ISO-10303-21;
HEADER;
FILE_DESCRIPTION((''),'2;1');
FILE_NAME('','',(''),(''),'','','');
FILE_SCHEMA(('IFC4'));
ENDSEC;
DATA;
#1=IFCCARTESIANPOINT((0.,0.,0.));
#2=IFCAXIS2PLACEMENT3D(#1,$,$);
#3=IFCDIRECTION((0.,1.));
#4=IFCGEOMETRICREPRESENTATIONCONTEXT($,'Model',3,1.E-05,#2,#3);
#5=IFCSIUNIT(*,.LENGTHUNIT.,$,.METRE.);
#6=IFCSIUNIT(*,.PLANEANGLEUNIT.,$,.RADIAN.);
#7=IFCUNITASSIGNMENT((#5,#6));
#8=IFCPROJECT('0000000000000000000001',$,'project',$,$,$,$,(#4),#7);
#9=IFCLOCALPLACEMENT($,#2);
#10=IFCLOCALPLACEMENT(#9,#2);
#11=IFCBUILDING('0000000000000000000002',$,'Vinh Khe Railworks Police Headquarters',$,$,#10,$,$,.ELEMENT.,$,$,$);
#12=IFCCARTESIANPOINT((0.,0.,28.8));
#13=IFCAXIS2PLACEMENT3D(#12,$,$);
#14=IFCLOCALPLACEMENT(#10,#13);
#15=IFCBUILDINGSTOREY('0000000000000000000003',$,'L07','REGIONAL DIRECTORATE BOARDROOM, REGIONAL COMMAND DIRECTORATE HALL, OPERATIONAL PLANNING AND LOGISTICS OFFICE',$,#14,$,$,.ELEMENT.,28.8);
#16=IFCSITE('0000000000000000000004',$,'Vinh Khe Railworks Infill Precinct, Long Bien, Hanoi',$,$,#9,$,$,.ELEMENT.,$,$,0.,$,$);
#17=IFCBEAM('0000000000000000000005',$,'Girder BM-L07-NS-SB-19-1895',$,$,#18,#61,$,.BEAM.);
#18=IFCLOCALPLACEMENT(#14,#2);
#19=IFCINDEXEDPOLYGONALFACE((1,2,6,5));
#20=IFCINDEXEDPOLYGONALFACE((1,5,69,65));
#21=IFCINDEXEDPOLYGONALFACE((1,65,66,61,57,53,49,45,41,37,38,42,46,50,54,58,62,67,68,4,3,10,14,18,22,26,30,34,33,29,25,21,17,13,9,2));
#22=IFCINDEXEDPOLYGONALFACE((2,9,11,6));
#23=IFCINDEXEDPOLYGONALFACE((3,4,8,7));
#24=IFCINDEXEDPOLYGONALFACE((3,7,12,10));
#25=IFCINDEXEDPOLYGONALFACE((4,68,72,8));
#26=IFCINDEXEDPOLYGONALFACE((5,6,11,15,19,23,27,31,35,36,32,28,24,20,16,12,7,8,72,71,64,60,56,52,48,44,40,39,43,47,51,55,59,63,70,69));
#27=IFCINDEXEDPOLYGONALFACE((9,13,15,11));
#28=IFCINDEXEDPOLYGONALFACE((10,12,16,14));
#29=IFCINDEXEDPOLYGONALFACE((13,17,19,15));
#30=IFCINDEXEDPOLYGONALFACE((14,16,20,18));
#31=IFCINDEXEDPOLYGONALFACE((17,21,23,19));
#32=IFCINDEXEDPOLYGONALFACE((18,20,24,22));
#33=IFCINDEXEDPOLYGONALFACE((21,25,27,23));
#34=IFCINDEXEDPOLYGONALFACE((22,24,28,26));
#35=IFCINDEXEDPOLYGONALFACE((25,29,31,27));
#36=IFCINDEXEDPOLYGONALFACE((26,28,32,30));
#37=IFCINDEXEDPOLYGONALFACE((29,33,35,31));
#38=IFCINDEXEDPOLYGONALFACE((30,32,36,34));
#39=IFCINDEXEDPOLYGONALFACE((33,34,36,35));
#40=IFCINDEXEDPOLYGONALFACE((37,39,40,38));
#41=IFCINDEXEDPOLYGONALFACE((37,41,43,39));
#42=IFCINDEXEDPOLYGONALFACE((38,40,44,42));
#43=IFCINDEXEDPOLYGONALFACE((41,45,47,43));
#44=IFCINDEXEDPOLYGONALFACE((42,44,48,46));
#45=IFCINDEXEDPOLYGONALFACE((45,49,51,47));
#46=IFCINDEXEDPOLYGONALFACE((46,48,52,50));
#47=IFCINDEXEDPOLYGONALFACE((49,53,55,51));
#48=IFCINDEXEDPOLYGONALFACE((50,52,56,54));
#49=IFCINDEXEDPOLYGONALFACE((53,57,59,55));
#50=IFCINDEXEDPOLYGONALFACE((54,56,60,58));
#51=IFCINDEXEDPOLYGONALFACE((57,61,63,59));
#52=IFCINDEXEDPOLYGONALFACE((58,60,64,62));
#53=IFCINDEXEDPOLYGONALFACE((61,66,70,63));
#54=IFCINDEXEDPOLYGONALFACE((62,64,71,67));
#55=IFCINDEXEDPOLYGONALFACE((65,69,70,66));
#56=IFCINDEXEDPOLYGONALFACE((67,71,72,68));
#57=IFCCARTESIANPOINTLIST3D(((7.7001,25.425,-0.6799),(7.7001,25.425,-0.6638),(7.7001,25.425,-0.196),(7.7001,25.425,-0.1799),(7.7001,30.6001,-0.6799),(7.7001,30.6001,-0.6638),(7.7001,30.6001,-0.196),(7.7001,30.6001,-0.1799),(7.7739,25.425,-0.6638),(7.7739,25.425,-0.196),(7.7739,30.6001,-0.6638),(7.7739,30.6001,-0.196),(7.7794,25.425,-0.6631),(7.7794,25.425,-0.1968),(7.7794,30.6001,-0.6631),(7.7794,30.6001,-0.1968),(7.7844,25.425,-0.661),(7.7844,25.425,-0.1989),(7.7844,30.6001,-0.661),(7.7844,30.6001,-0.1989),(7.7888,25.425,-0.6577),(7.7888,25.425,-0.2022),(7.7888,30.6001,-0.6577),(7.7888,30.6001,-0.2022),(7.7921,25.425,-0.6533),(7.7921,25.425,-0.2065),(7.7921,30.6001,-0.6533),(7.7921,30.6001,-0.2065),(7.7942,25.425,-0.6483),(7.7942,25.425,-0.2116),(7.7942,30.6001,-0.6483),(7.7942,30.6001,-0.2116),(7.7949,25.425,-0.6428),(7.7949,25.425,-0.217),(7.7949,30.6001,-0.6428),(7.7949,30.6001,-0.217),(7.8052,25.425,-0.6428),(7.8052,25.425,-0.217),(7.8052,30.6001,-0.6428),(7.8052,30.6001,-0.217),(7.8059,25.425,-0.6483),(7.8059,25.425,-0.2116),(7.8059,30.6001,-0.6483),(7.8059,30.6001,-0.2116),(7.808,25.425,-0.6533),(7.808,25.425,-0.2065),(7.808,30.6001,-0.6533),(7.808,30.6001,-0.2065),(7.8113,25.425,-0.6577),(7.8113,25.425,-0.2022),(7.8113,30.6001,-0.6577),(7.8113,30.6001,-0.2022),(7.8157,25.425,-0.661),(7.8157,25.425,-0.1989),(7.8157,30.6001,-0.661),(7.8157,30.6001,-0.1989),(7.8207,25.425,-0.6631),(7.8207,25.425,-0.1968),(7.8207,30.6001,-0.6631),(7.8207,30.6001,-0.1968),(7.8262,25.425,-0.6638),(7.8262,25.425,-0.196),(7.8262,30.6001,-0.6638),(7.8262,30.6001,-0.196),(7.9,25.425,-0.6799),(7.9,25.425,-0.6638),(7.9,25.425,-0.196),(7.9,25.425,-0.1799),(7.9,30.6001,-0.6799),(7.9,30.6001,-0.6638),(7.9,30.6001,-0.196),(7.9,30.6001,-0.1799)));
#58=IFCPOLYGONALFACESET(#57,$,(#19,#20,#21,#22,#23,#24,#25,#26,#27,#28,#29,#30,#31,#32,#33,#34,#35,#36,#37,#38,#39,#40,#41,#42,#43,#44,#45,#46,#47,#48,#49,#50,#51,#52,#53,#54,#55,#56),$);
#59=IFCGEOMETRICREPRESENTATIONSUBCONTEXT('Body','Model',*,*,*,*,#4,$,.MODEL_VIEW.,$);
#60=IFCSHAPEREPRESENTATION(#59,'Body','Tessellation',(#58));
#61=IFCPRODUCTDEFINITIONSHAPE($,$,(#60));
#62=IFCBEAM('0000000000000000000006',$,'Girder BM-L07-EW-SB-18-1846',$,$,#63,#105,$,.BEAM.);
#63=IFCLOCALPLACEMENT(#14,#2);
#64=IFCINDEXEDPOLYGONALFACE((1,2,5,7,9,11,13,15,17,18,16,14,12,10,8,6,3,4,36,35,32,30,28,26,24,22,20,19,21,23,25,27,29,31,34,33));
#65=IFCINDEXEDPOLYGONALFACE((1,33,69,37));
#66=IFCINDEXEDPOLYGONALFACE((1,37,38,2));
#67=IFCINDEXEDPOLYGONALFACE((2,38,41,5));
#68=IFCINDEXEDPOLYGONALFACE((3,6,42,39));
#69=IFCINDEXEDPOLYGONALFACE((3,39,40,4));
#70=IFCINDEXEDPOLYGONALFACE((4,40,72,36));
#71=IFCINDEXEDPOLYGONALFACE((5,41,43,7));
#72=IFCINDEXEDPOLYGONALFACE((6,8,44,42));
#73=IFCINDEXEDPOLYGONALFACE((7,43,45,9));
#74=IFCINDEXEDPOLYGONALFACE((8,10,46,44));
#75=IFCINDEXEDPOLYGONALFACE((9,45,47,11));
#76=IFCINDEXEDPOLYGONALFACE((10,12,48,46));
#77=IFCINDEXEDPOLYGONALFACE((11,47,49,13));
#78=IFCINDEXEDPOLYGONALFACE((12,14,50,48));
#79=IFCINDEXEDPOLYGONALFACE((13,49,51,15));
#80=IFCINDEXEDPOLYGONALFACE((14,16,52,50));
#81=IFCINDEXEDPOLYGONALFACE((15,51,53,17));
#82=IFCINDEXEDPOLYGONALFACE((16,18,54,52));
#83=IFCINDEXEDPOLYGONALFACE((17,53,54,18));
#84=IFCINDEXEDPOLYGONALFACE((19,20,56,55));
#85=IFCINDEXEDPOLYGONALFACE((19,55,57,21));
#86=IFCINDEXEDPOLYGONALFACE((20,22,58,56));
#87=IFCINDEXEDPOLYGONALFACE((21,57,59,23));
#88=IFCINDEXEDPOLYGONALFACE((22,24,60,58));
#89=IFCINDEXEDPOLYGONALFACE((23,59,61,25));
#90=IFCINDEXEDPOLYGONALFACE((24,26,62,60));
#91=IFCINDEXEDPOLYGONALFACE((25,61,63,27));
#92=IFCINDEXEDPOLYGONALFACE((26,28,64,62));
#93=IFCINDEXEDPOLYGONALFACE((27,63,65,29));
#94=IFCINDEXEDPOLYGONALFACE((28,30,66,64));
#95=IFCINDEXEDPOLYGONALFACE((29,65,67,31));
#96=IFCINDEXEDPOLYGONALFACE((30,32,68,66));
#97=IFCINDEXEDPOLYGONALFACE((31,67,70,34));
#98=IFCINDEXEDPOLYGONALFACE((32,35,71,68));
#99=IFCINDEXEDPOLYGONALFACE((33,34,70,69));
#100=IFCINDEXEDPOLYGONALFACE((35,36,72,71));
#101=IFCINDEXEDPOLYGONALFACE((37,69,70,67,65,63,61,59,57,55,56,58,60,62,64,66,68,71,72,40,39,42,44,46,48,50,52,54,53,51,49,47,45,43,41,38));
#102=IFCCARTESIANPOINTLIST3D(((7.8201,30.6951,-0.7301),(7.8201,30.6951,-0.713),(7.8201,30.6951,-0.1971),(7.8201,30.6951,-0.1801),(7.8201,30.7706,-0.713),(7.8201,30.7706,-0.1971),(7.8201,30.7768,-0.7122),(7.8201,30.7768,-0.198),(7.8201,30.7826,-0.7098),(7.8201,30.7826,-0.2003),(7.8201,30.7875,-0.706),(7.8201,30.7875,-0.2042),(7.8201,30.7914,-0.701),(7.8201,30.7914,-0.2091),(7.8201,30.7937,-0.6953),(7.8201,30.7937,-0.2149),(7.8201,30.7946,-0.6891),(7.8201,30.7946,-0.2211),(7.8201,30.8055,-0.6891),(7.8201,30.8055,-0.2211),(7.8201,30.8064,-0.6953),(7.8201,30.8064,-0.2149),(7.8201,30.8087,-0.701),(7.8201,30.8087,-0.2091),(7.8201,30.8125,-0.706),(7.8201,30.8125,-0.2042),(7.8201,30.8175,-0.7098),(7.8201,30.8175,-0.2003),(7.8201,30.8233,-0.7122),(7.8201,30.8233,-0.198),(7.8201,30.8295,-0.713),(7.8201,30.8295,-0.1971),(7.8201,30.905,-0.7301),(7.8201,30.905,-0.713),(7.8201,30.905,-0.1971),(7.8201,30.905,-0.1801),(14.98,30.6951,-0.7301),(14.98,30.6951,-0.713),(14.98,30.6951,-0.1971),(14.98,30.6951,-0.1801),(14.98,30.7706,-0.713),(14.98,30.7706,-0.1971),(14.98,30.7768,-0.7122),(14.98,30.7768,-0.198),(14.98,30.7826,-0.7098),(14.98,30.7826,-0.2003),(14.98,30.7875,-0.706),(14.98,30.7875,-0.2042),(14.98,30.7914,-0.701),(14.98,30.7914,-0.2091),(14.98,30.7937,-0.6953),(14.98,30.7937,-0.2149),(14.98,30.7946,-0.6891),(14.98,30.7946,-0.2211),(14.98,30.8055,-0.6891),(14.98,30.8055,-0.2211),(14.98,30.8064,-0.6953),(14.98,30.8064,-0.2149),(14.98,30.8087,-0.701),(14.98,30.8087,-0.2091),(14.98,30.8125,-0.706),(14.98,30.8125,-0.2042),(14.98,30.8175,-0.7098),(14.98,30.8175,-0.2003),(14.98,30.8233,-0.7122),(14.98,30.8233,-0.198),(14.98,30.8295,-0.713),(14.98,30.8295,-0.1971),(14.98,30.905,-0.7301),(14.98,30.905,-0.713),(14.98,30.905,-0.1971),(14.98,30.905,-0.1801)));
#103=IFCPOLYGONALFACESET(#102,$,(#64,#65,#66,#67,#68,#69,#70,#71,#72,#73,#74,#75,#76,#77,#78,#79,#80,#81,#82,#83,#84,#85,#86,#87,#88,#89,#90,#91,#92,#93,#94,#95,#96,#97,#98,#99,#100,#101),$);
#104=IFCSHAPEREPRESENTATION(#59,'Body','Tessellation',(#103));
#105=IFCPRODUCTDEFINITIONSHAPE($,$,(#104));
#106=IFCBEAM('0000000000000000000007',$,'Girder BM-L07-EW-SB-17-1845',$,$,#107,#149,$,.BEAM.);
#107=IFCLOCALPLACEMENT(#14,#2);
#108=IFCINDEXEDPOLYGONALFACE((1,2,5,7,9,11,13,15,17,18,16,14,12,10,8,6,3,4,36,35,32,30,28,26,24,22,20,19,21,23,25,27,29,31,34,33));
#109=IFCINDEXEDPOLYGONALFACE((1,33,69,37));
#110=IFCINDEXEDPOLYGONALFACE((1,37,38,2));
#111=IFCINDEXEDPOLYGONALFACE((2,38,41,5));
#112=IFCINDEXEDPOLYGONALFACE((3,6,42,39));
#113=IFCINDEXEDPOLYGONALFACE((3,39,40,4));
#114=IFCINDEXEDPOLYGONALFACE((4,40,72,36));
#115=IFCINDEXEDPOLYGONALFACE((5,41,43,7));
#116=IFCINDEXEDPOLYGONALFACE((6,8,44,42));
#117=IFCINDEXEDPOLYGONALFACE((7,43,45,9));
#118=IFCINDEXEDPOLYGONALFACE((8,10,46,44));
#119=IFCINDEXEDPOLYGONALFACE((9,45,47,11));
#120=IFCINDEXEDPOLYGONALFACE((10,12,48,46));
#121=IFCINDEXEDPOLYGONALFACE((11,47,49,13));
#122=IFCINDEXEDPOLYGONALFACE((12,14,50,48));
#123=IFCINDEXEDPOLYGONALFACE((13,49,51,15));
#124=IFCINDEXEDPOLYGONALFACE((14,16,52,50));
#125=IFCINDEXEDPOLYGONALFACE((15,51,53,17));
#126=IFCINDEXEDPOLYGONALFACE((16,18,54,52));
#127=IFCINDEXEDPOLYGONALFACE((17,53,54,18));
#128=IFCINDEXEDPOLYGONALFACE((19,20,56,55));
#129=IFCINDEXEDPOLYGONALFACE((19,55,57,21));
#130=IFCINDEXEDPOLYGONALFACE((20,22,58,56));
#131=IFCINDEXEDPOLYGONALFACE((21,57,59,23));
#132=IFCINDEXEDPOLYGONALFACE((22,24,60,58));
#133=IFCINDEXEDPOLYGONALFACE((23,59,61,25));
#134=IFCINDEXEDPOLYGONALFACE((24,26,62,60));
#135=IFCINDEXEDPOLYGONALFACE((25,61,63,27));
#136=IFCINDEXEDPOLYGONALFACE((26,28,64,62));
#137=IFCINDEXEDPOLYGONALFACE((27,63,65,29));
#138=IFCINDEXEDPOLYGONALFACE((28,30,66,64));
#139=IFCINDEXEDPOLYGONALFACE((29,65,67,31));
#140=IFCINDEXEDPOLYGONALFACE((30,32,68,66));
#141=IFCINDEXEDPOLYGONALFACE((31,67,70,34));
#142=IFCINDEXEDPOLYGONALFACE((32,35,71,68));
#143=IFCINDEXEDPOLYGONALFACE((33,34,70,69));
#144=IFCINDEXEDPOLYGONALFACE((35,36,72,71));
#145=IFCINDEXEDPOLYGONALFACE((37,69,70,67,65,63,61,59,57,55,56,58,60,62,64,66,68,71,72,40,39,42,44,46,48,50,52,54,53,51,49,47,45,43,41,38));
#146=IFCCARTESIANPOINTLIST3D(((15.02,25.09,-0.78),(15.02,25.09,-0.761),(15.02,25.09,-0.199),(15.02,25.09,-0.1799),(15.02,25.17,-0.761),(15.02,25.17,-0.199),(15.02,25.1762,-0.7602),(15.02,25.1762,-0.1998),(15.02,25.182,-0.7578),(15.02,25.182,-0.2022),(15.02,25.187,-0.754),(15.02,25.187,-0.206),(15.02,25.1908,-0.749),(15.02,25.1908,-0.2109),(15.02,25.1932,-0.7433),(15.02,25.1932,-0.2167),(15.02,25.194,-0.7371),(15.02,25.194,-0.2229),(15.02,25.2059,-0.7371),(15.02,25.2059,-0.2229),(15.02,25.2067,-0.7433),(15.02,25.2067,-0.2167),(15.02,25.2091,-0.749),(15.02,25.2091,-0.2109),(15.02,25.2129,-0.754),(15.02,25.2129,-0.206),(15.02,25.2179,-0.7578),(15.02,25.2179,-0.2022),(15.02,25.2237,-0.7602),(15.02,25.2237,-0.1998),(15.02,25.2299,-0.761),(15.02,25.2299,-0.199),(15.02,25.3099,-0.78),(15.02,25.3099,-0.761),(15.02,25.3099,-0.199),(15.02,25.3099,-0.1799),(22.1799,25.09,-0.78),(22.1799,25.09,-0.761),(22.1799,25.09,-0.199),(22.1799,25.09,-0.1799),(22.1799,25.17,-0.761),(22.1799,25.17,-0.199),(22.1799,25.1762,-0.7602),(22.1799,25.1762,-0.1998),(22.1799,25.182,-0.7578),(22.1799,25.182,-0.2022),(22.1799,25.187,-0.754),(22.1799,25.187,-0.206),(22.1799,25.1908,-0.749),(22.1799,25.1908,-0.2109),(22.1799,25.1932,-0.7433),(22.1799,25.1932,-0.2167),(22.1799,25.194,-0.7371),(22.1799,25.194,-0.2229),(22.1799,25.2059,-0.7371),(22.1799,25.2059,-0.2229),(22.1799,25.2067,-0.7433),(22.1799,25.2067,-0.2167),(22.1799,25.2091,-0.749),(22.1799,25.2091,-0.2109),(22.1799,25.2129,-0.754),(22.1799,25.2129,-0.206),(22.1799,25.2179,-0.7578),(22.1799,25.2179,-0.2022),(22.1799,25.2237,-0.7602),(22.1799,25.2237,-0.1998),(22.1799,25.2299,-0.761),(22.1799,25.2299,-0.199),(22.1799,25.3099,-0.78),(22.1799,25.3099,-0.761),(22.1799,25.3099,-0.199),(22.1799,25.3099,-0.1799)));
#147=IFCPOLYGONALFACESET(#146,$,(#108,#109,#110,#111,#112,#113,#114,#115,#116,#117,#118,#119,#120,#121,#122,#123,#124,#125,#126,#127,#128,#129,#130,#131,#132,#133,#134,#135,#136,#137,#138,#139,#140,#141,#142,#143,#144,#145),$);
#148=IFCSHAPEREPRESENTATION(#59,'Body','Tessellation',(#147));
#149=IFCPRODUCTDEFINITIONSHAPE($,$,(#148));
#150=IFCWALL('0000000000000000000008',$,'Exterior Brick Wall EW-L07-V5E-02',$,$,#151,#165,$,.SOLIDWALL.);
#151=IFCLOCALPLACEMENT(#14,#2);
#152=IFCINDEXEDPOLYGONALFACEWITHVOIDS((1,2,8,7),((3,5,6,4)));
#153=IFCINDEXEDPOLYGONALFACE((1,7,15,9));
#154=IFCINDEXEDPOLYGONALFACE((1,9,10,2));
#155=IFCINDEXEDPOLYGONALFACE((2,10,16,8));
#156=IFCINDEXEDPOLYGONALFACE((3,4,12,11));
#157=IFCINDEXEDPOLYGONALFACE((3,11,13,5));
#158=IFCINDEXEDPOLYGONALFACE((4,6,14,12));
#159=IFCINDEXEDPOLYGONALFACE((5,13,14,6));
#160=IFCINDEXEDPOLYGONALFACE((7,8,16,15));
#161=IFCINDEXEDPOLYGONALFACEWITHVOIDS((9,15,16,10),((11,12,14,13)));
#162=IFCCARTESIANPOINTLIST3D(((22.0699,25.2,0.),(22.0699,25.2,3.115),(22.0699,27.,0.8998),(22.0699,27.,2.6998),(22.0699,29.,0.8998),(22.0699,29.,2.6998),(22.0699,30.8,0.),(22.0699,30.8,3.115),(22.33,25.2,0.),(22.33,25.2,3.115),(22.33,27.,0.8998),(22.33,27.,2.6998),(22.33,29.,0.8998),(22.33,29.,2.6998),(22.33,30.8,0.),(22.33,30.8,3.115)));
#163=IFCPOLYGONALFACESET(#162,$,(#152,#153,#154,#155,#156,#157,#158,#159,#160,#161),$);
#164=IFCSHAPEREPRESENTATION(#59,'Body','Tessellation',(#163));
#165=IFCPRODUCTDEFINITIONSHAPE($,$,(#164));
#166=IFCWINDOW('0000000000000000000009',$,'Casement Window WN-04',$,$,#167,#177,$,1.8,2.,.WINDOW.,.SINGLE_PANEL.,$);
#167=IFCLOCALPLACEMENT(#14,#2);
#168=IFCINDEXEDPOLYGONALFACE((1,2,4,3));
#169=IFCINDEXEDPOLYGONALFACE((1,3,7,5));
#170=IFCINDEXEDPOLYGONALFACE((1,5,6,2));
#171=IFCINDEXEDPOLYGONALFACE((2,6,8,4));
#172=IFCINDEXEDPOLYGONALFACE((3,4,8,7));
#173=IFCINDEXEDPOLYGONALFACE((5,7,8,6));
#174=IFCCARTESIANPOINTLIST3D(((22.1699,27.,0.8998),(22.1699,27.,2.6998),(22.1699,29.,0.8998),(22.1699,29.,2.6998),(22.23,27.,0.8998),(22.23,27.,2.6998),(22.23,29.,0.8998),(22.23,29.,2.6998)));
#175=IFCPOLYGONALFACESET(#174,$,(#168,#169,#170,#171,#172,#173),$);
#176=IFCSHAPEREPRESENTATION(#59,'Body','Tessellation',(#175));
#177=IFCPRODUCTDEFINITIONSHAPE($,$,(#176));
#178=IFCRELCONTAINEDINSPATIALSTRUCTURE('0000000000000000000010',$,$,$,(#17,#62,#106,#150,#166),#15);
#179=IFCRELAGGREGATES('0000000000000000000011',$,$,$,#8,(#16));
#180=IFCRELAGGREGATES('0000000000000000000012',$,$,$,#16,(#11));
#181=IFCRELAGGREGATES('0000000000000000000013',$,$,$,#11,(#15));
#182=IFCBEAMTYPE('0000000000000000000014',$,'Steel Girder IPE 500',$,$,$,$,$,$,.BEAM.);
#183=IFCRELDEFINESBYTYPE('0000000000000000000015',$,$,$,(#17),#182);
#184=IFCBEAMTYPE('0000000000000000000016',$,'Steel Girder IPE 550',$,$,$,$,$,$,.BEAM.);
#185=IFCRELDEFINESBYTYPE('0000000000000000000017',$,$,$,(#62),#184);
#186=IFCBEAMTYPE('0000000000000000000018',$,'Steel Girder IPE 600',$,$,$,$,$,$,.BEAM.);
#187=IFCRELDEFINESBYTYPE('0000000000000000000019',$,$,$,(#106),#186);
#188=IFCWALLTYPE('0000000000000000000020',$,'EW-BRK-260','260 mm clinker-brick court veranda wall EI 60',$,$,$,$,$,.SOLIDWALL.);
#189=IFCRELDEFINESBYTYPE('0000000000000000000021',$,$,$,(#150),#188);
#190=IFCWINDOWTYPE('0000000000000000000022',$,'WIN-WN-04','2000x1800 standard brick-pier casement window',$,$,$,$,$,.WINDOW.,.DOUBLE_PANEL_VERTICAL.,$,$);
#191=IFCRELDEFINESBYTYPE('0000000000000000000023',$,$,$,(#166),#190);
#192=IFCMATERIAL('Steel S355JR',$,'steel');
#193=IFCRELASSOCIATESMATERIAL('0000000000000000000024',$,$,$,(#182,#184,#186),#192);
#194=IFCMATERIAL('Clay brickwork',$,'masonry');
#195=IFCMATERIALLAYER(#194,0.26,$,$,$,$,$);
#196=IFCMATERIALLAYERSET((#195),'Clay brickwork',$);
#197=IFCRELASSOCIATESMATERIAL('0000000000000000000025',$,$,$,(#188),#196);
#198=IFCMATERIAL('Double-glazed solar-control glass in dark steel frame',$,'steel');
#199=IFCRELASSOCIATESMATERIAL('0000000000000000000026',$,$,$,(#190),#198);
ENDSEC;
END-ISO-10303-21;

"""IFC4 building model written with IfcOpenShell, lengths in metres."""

from ifc_helpers import new_model, si_unit, direction, frame, frame_2d, origin, origin_2d, place, context, subcontext, project, spatial, rectangle, i_section, extrude, material, layer, layer_set, material_profile, profile_set, type_object, element, fill, save


model = new_model("IFC4")

# Units and contexts
model_context = context("Model", 3, precision=1e-05, world=origin(), true_north=direction((0.0, 1.0)))
body_context = subcontext(model_context, "Body", "Model", "MODEL_VIEW")
ifc_project = project(units=[si_unit("LENGTHUNIT", "METRE"), si_unit("PLANEANGLEUNIT", "RADIAN")], contexts=[model_context])

# Site, building, storey
site_placement = place(None, origin())
site = spatial("IfcSite", under=ifc_project, at=site_placement, Name="Vinh Khe Railworks Infill Precinct, Long Bien, Hanoi", CompositionType="ELEMENT", RefElevation=0.0)
building_placement = place(site_placement, origin())
building = spatial("IfcBuilding", under=site, at=building_placement, Name="Vinh Khe Railworks Police Headquarters", CompositionType="ELEMENT")
storey_placement = place(building_placement, frame((0.0, 0.0, 28.8)))
storey = spatial("IfcBuildingStorey", under=building, at=storey_placement, Name="L07", Description="REGIONAL DIRECTORATE BOARDROOM, REGIONAL COMMAND DIRECTORATE HALL, OPERATIONAL PLANNING AND LOGISTICS OFFICE", CompositionType="ELEMENT", Elevation=28.8)

# Shared definitions
ifc_material_1 = material(Name="Steel S355JR", Category="steel")

# Beams
ifc_material_profile_1 = material_profile(ifc_material_1, i_section(OverallWidth=0.2, OverallDepth=0.5, WebThickness=0.0103, FlangeThickness=0.0161, FilletRadius=0.021, at=origin_2d()), Name="IPE 500")
ifc_profile_set_1 = profile_set([ifc_material_profile_1], Name="Steel S355JR")
beam_type_1 = type_object("IfcBeamType", Name="Steel Girder IPE 500", PredefinedType="BEAM", material=ifc_profile_set_1)
beam_1_placement = place(storey_placement, frame((7.8, 25.425, -0.4299), z_axis=(0.0, 1.0, 0.0), x_axis=(-1.0, 0.0, 0.0)))
element("IfcBeam", 1, at=beam_1_placement, inside=storey, type_object=beam_type_1, Name="Girder BM-L07-NS-SB-19-1895", PredefinedType="BEAM", context=body_context, shape_type="SweptSolid", body=[
    extrude(i_section(OverallWidth=0.2, OverallDepth=0.5, WebThickness=0.0103, FlangeThickness=0.0161, FilletRadius=0.021, at=origin_2d()), origin(), (0.0, 0.0, 1.0), 5.175),
])
ifc_material_profile_2 = material_profile(ifc_material_1, i_section(OverallWidth=0.21, OverallDepth=0.55, WebThickness=0.011, FlangeThickness=0.0171, FilletRadius=0.0239, at=origin_2d()), Name="IPE 550")
ifc_profile_set_2 = profile_set([ifc_material_profile_2], Name="Steel S355JR")
beam_type_2 = type_object("IfcBeamType", Name="Steel Girder IPE 550", PredefinedType="BEAM", material=ifc_profile_set_2)
beam_2_placement = place(storey_placement, frame((7.8201, 30.8, -0.4551), z_axis=(1.0, 0.0, 0.0), x_axis=(0.0, 1.0, 0.0)))
element("IfcBeam", 2, at=beam_2_placement, inside=storey, type_object=beam_type_2, Name="Girder BM-L07-EW-SB-18-1846", PredefinedType="BEAM", context=body_context, shape_type="SweptSolid", body=[
    extrude(i_section(OverallWidth=0.21, OverallDepth=0.55, WebThickness=0.011, FlangeThickness=0.0171, FilletRadius=0.0239, at=origin_2d()), origin(), (0.0, 0.0, 1.0), 7.1599),
])
ifc_material_profile_3 = material_profile(ifc_material_1, i_section(OverallWidth=0.22, OverallDepth=0.6001, WebThickness=0.012, FlangeThickness=0.019, FilletRadius=0.0239, at=origin_2d()), Name="IPE 600")
ifc_profile_set_3 = profile_set([ifc_material_profile_3], Name="Steel S355JR")
beam_type_3 = type_object("IfcBeamType", Name="Steel Girder IPE 600", PredefinedType="BEAM", material=ifc_profile_set_3)
beam_3_placement = place(storey_placement, frame((15.02, 25.2, -0.48), z_axis=(1.0, 0.0, 0.0), x_axis=(0.0, 1.0, 0.0)))
element("IfcBeam", 3, at=beam_3_placement, inside=storey, type_object=beam_type_3, Name="Girder BM-L07-EW-SB-17-1845", PredefinedType="BEAM", context=body_context, shape_type="SweptSolid", body=[
    extrude(i_section(OverallWidth=0.22, OverallDepth=0.6001, WebThickness=0.012, FlangeThickness=0.019, FilletRadius=0.0239, at=origin_2d()), origin(), (0.0, 0.0, 1.0), 7.1599),
])

# Wall, opening, window
ifc_material_2 = material(Name="Clay brickwork", Category="masonry")
ifc_layer_1 = layer(ifc_material_2, 0.26)
ifc_layer_set_1 = layer_set([ifc_layer_1], Name="Clay brickwork")
wall_type_1 = type_object("IfcWallType", Name="EW-BRK-260", Description="260 mm clinker-brick court veranda wall EI 60", PredefinedType="SOLIDWALL", material=ifc_layer_set_1)
wall_1_placement = place(storey_placement, frame((22.2, 25.2, 0.0), z_axis=(0.0, 0.0, 1.0), x_axis=(0.0, 1.0, 0.0)))
wall_1 = element("IfcWall", 4, at=wall_1_placement, inside=storey, type_object=wall_type_1, Name="Exterior Brick Wall EW-L07-V5E-02", PredefinedType="SOLIDWALL", context=body_context, shape_type="SweptSolid", body=[
    extrude(rectangle(XDim=5.6001, YDim=0.26, at=frame_2d((2.8, 0.0))), origin(), (0.0, 0.0, 1.0), 3.115),
])
opening_1_placement = place(wall_1_placement, frame((1.8, 0.0, 0.8999)))
opening_1 = element("IfcOpeningElement", 5, at=opening_1_placement, cuts=wall_1, PredefinedType="OPENING", context=body_context, shape_type="SweptSolid", body=[
    extrude(rectangle(XDim=2.0, YDim=1.8, at=frame_2d((1.0, 0.8999))), frame((0.0, 0.145, 0.0), z_axis=(0.0, -1.0, 0.0), x_axis=(1.0, 0.0, 0.0)), (0.0, 0.0, 1.0), 0.2898),
])
ifc_material_3 = material(Name="Double-glazed solar-control glass in dark steel frame", Category="steel")
window_type_1 = type_object("IfcWindowType", Name="WIN-WN-04", Description="2000x1800 standard brick-pier casement window", PartitioningType="DOUBLE_PANEL_VERTICAL", PredefinedType="WINDOW", material=ifc_material_3)
window_1_placement = place(opening_1_placement, origin())
window_1 = element("IfcWindow", 6, at=window_1_placement, inside=storey, type_object=window_type_1, Name="Casement Window WN-04", OverallHeight=1.8, OverallWidth=2.0, PartitioningType="SINGLE_PANEL", PredefinedType="WINDOW", context=body_context, shape_type="SweptSolid", body=[
    extrude(rectangle(XDim=2.0, YDim=1.8, at=frame_2d((1.0, 0.8999))), frame((0.0, 0.03, 0.0), z_axis=(0.0, -1.0, 0.0), x_axis=(1.0, 0.0, 0.0)), (0.0, 0.0, 1.0), 0.0601),
])
fill(opening_1, window_1)

save(model, "model.ifc")
